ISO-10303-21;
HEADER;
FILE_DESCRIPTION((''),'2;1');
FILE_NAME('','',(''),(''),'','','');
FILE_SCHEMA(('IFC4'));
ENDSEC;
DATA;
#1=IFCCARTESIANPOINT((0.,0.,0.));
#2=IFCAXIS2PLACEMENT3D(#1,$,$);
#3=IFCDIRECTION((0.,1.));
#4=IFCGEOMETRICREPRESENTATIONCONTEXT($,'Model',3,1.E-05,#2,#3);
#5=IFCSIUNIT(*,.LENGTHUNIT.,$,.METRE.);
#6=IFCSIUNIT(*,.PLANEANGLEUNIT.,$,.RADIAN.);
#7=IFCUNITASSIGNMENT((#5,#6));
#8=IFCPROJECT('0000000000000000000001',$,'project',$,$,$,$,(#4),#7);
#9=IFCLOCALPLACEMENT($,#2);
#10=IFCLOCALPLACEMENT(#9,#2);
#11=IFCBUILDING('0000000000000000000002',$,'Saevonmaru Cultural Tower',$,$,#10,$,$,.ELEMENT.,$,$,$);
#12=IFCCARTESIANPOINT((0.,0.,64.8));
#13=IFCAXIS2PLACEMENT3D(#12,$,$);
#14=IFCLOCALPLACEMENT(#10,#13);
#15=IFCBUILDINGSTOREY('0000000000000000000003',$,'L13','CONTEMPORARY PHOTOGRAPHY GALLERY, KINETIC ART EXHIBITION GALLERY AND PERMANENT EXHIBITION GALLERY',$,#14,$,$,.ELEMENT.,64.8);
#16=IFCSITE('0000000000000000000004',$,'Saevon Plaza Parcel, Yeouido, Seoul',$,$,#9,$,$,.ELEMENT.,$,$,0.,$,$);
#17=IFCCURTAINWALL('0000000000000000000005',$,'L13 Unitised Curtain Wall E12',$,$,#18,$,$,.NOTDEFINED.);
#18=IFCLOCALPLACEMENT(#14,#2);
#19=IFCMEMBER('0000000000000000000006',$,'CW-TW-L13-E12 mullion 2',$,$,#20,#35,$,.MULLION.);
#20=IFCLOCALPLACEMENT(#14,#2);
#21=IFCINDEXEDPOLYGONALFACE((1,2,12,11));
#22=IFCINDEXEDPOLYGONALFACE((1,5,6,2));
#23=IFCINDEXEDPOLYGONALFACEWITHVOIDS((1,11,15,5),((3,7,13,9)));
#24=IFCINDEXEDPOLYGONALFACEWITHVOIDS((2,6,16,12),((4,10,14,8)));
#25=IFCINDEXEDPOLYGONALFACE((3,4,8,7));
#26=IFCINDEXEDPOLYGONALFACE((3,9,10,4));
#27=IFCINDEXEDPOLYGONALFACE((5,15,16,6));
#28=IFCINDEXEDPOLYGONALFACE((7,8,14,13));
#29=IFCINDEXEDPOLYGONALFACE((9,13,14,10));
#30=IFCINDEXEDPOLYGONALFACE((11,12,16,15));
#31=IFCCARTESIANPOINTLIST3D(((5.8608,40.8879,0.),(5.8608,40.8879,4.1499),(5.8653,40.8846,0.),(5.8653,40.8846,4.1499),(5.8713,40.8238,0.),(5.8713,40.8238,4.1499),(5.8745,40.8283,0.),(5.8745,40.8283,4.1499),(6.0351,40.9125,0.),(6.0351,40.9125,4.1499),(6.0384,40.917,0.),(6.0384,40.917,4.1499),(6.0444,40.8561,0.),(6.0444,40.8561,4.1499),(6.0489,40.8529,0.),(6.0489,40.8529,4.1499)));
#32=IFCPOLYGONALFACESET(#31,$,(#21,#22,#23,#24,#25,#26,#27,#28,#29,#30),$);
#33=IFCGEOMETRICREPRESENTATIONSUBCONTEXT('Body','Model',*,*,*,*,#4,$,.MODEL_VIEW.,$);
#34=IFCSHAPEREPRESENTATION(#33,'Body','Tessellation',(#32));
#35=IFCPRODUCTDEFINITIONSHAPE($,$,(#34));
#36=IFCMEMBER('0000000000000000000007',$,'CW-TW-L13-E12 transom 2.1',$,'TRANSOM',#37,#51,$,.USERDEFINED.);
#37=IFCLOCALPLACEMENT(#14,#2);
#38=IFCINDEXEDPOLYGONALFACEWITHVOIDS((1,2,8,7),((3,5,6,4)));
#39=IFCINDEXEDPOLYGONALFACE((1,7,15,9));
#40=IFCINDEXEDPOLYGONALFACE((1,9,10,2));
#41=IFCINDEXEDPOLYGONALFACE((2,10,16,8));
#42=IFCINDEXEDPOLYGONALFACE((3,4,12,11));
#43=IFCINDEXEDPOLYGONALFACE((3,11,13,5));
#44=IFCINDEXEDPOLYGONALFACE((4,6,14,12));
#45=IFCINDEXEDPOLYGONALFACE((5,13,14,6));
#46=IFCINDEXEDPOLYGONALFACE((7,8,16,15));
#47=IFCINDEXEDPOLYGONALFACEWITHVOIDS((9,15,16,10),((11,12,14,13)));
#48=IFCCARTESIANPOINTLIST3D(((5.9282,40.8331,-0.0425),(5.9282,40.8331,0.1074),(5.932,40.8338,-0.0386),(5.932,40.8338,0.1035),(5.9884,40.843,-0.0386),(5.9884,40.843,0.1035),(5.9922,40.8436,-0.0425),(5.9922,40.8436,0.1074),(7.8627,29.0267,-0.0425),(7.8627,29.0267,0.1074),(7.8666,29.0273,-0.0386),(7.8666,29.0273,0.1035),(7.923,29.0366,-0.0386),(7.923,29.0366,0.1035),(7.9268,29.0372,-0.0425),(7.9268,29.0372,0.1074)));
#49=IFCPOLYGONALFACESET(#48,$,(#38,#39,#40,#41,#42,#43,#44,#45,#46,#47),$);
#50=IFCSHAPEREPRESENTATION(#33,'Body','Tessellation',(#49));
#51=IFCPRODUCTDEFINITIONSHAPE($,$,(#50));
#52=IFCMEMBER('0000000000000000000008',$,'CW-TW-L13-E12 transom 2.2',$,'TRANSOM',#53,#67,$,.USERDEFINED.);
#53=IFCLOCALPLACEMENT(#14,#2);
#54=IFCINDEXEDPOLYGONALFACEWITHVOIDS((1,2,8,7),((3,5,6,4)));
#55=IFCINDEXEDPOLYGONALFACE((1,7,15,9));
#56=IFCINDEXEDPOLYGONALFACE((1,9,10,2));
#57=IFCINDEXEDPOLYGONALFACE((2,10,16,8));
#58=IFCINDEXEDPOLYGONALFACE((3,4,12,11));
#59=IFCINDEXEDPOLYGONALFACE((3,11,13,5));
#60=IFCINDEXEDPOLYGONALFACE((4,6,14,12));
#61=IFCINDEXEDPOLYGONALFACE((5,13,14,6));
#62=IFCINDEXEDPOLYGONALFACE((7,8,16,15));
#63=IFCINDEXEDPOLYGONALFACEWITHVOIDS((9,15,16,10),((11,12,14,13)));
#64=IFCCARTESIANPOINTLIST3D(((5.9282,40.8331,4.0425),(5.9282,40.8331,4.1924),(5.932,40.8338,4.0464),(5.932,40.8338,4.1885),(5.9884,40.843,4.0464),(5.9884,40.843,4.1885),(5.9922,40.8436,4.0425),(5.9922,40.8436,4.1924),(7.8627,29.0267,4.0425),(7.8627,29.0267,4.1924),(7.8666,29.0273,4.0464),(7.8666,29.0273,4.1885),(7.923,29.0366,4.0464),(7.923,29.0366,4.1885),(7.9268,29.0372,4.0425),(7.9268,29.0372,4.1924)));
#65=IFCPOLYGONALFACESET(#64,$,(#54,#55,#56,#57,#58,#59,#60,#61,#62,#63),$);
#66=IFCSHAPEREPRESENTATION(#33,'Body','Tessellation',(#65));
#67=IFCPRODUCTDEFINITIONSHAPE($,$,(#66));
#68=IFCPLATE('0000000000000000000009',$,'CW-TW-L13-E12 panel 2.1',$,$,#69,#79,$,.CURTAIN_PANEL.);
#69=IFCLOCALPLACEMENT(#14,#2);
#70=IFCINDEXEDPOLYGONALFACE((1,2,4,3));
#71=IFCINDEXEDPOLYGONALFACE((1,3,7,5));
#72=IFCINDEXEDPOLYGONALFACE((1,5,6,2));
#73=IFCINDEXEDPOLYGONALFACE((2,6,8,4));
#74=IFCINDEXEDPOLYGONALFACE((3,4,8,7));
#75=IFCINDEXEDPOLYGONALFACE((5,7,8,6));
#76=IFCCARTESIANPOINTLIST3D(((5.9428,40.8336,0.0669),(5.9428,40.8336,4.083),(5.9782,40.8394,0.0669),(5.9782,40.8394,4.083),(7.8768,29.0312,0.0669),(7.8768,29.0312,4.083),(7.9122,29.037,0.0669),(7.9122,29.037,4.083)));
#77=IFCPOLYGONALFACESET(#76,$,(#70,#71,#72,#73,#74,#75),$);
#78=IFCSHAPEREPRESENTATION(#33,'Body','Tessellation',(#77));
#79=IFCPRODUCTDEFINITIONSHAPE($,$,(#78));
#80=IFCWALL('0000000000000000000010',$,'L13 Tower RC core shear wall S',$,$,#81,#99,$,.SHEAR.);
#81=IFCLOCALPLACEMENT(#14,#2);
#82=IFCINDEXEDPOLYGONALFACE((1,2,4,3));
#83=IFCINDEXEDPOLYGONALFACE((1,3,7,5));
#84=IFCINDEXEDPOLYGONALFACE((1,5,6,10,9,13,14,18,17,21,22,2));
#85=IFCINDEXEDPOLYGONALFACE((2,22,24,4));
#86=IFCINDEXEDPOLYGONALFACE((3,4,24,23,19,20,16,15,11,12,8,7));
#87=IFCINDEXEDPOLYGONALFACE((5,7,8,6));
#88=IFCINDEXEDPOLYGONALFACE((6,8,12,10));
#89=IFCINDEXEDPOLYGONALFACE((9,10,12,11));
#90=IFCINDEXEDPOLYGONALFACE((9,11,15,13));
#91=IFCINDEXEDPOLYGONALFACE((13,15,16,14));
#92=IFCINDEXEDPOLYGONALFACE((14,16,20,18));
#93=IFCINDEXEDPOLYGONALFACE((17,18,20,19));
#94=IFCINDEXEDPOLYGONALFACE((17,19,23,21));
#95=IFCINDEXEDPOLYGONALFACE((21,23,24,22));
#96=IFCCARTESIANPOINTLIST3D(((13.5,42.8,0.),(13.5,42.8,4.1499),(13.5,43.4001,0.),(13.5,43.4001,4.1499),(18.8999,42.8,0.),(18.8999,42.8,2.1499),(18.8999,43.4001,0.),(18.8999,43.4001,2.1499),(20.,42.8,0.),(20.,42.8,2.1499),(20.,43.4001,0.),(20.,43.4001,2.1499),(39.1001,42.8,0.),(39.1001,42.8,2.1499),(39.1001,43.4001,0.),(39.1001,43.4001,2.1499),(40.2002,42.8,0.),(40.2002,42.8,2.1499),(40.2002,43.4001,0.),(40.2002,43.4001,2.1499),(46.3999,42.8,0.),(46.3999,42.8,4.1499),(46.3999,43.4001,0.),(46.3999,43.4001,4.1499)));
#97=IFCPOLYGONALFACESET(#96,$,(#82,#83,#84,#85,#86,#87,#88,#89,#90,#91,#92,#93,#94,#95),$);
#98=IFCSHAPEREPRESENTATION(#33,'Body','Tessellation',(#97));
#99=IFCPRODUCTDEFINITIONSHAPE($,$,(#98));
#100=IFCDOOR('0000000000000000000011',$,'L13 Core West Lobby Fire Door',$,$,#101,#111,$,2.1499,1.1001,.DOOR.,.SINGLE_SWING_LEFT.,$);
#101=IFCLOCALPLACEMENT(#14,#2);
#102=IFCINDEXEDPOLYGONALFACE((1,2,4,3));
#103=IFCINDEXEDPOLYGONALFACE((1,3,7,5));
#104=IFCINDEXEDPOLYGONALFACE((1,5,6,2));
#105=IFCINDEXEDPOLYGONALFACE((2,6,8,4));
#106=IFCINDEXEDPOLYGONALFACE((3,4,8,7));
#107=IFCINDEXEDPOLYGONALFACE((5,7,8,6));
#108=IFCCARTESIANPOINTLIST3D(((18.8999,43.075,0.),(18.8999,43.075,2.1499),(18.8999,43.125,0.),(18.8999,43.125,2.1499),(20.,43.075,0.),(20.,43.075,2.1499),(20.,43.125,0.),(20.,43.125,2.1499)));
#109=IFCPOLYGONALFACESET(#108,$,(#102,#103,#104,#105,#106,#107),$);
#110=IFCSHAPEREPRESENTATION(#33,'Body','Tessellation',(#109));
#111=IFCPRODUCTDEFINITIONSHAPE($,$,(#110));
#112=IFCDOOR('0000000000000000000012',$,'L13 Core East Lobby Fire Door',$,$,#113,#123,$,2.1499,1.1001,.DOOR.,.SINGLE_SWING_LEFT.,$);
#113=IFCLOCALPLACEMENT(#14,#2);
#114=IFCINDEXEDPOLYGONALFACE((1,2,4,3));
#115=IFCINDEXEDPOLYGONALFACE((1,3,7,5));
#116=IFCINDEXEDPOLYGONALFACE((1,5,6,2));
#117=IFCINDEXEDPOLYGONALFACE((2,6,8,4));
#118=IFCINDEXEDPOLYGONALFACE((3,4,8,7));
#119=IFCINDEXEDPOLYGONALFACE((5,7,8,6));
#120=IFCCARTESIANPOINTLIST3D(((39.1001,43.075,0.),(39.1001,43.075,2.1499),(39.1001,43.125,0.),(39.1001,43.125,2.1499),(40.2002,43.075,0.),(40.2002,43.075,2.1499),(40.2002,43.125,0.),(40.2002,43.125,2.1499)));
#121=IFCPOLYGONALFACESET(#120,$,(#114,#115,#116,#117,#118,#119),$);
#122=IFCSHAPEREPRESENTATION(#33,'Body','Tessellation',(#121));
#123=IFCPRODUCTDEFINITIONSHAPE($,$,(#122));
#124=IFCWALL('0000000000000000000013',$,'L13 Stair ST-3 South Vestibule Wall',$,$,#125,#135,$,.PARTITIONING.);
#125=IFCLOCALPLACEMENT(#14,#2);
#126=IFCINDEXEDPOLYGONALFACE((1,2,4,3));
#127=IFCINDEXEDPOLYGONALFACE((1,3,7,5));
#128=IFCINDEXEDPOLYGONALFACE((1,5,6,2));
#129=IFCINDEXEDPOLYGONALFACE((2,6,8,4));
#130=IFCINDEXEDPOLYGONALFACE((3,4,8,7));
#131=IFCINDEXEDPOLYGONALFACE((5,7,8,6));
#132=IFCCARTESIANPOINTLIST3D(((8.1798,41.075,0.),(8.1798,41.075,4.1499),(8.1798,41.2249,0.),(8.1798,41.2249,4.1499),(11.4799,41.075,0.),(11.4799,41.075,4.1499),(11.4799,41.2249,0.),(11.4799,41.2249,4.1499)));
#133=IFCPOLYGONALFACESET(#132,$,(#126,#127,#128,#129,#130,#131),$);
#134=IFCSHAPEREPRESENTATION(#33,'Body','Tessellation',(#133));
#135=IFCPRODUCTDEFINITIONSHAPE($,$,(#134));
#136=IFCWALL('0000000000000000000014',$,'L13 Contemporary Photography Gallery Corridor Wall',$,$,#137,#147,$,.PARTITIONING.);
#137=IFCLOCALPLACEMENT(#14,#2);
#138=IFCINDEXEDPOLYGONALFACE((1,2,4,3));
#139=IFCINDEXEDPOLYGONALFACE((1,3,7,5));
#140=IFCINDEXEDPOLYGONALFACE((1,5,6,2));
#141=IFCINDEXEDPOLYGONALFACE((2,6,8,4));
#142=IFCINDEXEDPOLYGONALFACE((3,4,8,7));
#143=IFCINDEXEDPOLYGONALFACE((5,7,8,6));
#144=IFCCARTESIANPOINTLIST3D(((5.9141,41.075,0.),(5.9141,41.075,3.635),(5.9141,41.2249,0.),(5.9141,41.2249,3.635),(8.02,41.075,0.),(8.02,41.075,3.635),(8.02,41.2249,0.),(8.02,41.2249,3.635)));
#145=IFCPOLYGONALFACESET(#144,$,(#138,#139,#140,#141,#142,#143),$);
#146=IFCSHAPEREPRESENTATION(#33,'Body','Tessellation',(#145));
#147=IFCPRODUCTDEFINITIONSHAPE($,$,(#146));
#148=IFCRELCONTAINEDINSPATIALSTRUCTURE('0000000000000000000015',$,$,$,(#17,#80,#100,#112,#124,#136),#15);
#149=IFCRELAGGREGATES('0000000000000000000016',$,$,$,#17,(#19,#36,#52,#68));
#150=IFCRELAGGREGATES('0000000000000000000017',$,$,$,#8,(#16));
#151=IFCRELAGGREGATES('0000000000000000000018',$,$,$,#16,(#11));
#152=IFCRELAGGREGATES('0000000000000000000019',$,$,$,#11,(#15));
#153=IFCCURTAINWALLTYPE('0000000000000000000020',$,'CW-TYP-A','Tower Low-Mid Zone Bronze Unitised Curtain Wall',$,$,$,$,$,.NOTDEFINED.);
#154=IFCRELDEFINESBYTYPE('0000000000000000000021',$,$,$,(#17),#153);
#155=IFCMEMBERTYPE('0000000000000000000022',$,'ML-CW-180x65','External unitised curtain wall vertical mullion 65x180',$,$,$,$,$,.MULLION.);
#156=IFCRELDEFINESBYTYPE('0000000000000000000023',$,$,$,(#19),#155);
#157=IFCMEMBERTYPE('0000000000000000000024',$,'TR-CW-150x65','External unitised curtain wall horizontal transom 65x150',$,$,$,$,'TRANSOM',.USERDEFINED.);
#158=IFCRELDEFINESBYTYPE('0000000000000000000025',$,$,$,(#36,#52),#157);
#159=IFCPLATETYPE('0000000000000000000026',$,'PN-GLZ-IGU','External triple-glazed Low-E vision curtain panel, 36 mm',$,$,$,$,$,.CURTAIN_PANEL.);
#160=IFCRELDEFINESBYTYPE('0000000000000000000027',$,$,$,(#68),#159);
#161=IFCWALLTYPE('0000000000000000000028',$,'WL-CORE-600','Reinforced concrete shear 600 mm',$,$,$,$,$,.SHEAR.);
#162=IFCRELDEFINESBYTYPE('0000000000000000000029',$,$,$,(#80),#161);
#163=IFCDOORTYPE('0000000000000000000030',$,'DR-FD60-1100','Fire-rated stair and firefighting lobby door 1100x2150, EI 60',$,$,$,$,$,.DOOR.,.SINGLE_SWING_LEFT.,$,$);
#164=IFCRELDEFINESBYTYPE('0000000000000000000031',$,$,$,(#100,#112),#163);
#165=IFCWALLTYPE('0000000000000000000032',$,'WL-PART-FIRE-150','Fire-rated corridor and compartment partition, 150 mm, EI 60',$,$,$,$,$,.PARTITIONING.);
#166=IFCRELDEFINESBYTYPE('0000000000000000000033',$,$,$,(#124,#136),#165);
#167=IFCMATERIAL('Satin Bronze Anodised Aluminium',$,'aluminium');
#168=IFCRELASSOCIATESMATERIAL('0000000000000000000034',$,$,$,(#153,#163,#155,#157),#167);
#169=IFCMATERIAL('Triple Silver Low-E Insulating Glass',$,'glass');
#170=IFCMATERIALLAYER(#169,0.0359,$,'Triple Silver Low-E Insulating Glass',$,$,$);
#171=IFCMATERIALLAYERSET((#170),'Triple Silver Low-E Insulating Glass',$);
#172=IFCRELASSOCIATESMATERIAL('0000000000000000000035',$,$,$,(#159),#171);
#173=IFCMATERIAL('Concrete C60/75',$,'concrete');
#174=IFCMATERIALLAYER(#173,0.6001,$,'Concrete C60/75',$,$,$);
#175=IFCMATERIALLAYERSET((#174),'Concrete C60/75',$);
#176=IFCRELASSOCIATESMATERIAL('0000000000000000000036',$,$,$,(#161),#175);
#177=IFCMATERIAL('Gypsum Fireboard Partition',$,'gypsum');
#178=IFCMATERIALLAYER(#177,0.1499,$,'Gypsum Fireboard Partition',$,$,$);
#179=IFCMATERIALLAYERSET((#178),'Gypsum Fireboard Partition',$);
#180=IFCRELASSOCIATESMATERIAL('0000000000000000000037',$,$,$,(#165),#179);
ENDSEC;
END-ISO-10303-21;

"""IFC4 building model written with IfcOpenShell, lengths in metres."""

from ifc_helpers import new_model, si_unit, direction, frame, frame_2d, origin, origin_2d, place, context, subcontext, project, spatial, rectangle, hollow_rectangle, extrude, material, layer, layer_set, material_profile, profile_set, type_object, element, fill, aggregate, save


model = new_model("IFC4")

# Units and contexts
model_context = context("Model", 3, precision=1e-05, world=origin(), true_north=direction((0.0, 1.0)))
body_context = subcontext(model_context, "Body", "Model", "MODEL_VIEW")
ifc_project = project(units=[si_unit("LENGTHUNIT", "METRE"), si_unit("PLANEANGLEUNIT", "RADIAN")], contexts=[model_context])

# Site, building, storey
site_placement = place(None, origin())
site = spatial("IfcSite", under=ifc_project, at=site_placement, Name="Saevon Plaza Parcel, Yeouido, Seoul", CompositionType="ELEMENT", RefElevation=0.0)
building_placement = place(site_placement, origin())
building = spatial("IfcBuilding", under=site, at=building_placement, Name="Saevonmaru Cultural Tower", CompositionType="ELEMENT")
storey_placement = place(building_placement, frame((0.0, 0.0, 64.8)))
storey = spatial("IfcBuildingStorey", under=building, at=storey_placement, Name="L13", Description="CONTEMPORARY PHOTOGRAPHY GALLERY, KINETIC ART EXHIBITION GALLERY AND PERMANENT EXHIBITION GALLERY", CompositionType="ELEMENT", Elevation=64.8)

# Curtain wall, members, plate
ifc_material_1 = material(Name="Satin Bronze Anodised Aluminium", Category="aluminium")
curtain_wall_type = type_object("IfcCurtainWallType", Name="CW-TYP-A", Description="Tower Low-Mid Zone Bronze Unitised Curtain Wall", PredefinedType="NOTDEFINED", material=ifc_material_1)
curtain_wall_placement = place(storey_placement, origin())
curtain_wall = element("IfcCurtainWall", 1, at=curtain_wall_placement, inside=storey, type_object=curtain_wall_type, Name="L13 Unitised Curtain Wall E12", PredefinedType="NOTDEFINED")
ifc_material_profile_1 = material_profile(ifc_material_1, hollow_rectangle(XDim=0.0649, YDim=0.1799, WallThickness=0.0039, at=origin_2d()), Name="ALU-MULL-180x65x4")
ifc_profile_set_1 = profile_set([ifc_material_profile_1], Name="Satin Bronze Anodised Aluminium")
member_type_1 = type_object("IfcMemberType", Name="ML-CW-180x65", Description="External unitised curtain wall vertical mullion 65x180", PredefinedType="MULLION", material=ifc_profile_set_1)
member_1_placement = place(storey_placement, frame((5.9548, 40.8704, 0.0), z_axis=(0.0, 0.0, 1.0), x_axis=(0.161709, -0.986839, 0.0)))
member_1 = element("IfcMember", 2, at=member_1_placement, type_object=member_type_1, Name="CW-TW-L13-E12 mullion 2", PredefinedType="MULLION", context=body_context, shape_type="SweptSolid", body=[
    extrude(hollow_rectangle(XDim=0.0649, YDim=0.1799, WallThickness=0.0039, at=origin_2d()), origin(), (0.0, 0.0, 1.0), 4.1499),
])
ifc_material_profile_2 = material_profile(ifc_material_1, hollow_rectangle(XDim=0.0649, YDim=0.1499, WallThickness=0.0039, at=origin_2d()), Name="ALU-TRAN-150x65x4")
ifc_profile_set_2 = profile_set([ifc_material_profile_2], Name="Satin Bronze Anodised Aluminium")
member_type_2 = type_object("IfcMemberType", Name="TR-CW-150x65", Description="External unitised curtain wall horizontal transom 65x150", ElementType="TRANSOM", PredefinedType="USERDEFINED", material=ifc_profile_set_2)
member_2_placement = place(storey_placement, frame((5.9602, 40.8384, 0.0325), z_axis=(0.161701, -0.98684, 0.0), x_axis=(0.98684, 0.161701, 0.0)))
member_2 = element("IfcMember", 3, at=member_2_placement, type_object=member_type_2, Name="CW-TW-L13-E12 transom 2.1", ObjectType="TRANSOM", PredefinedType="USERDEFINED", context=body_context, shape_type="SweptSolid", body=[
    extrude(hollow_rectangle(XDim=0.0649, YDim=0.1499, WallThickness=0.0039, at=origin_2d()), origin(), (0.0, 0.0, 1.0), 11.9639),
])
member_3_placement = place(storey_placement, frame((5.9602, 40.8384, 4.1174), z_axis=(0.161701, -0.98684, 0.0), x_axis=(0.98684, 0.161701, 0.0)))
member_3 = element("IfcMember", 4, at=member_3_placement, type_object=member_type_2, Name="CW-TW-L13-E12 transom 2.2", ObjectType="TRANSOM", PredefinedType="USERDEFINED", context=body_context, shape_type="SweptSolid", body=[
    extrude(hollow_rectangle(XDim=0.0649, YDim=0.1499, WallThickness=0.0039, at=origin_2d()), origin(), (0.0, 0.0, 1.0), 11.9639),
])
ifc_material_2 = material(Name="Triple Silver Low-E Insulating Glass", Category="glass")
ifc_layer_1 = layer(ifc_material_2, 0.0359, Name="Triple Silver Low-E Insulating Glass")
ifc_layer_set_1 = layer_set([ifc_layer_1], Name="Triple Silver Low-E Insulating Glass")
plate_type = type_object("IfcPlateType", Name="PN-GLZ-IGU", Description="External triple-glazed Low-E vision curtain panel, 36 mm", PredefinedType="CURTAIN_PANEL", material=ifc_layer_set_1)
plate_placement = place(storey_placement, frame((6.9275, 34.9353, 0.0669), z_axis=(0.0, 0.0, 1.0), x_axis=(0.161709, -0.986839, 0.0)))
plate = element("IfcPlate", 5, at=plate_placement, type_object=plate_type, Name="CW-TW-L13-E12 panel 2.1", PredefinedType="CURTAIN_PANEL", context=body_context, shape_type="SweptSolid", body=[
    extrude(rectangle(XDim=11.9597, YDim=0.0359, at=origin_2d()), origin(), (0.0, 0.0, 1.0), 4.0161),
])
aggregate(curtain_wall, [member_1, member_2, member_3, plate])

# Wall, openings, doors
ifc_material_3 = material(Name="Concrete C60/75", Category="concrete")
ifc_layer_2 = layer(ifc_material_3, 0.6001, Name="Concrete C60/75")
ifc_layer_set_2 = layer_set([ifc_layer_2], Name="Concrete C60/75")
wall_type_1 = type_object("IfcWallType", Name="WL-CORE-600", Description="Reinforced concrete shear 600 mm", PredefinedType="SHEAR", material=ifc_layer_set_2)
wall_1_placement = place(storey_placement, frame((13.5, 43.1001, 0.0), z_axis=(0.0, 0.0, 1.0), x_axis=(1.0, 0.0, 0.0)))
wall_1 = element("IfcWall", 6, at=wall_1_placement, inside=storey, type_object=wall_type_1, Name="L13 Tower RC core shear wall S", PredefinedType="SHEAR", context=body_context, shape_type="SweptSolid", body=[
    extrude(rectangle(XDim=32.8999, YDim=0.6001, at=frame_2d((16.45, 0.0))), origin(), (0.0, 0.0, 1.0), 4.1499),
])
opening_1_placement = place(wall_1_placement, frame((5.3999, 0.0, 0.0)))
opening_1 = element("IfcOpeningElement", 7, at=opening_1_placement, cuts=wall_1, PredefinedType="OPENING", context=body_context, shape_type="SweptSolid", body=[
    extrude(rectangle(XDim=1.1001, YDim=2.1499, at=frame_2d((0.55, 1.075))), frame((0.0, 0.3101, 0.0), z_axis=(0.0, -1.0, 0.0), x_axis=(1.0, 0.0, 0.0)), (0.0, 0.0, 1.0), 0.6201),
])
opening_2_placement = place(wall_1_placement, frame((25.6001, 0.0, 0.0)))
opening_2 = element("IfcOpeningElement", 8, at=opening_2_placement, cuts=wall_1, PredefinedType="OPENING", context=body_context, shape_type="SweptSolid", body=[
    extrude(rectangle(XDim=1.1001, YDim=2.1499, at=frame_2d((0.55, 1.075))), frame((0.0, 0.3101, 0.0), z_axis=(0.0, -1.0, 0.0), x_axis=(1.0, 0.0, 0.0)), (0.0, 0.0, 1.0), 0.6201),
])
door_type_1 = type_object("IfcDoorType", Name="DR-FD60-1100", Description="Fire-rated stair and firefighting lobby door 1100x2150, EI 60", OperationType="SINGLE_SWING_LEFT", PredefinedType="DOOR", material=ifc_material_1)
door_1_placement = place(opening_1_placement, origin())
door_1 = element("IfcDoor", 9, at=door_1_placement, inside=storey, type_object=door_type_1, Name="L13 Core West Lobby Fire Door", OperationType="SINGLE_SWING_LEFT", OverallHeight=2.1499, OverallWidth=1.1001, PredefinedType="DOOR", context=body_context, shape_type="SweptSolid", body=[
    extrude(rectangle(XDim=1.1001, YDim=2.1499, at=frame_2d((0.55, 1.075))), frame((0.0, 0.0249, 0.0), z_axis=(0.0, -1.0, 0.0), x_axis=(1.0, 0.0, 0.0)), (0.0, 0.0, 1.0), 0.05),
])
fill(opening_1, door_1)
door_2_placement = place(opening_2_placement, origin())
door_2 = element("IfcDoor", 10, at=door_2_placement, inside=storey, type_object=door_type_1, Name="L13 Core East Lobby Fire Door", OperationType="SINGLE_SWING_LEFT", OverallHeight=2.1499, OverallWidth=1.1001, PredefinedType="DOOR", context=body_context, shape_type="SweptSolid", body=[
    extrude(rectangle(XDim=1.1001, YDim=2.1499, at=frame_2d((0.55, 1.075))), frame((0.0, 0.0249, 0.0), z_axis=(0.0, -1.0, 0.0), x_axis=(1.0, 0.0, 0.0)), (0.0, 0.0, 1.0), 0.05),
])
fill(opening_2, door_2)

# Walls
ifc_material_4 = material(Name="Gypsum Fireboard Partition", Category="gypsum")
ifc_layer_3 = layer(ifc_material_4, 0.1499, Name="Gypsum Fireboard Partition")
ifc_layer_set_3 = layer_set([ifc_layer_3], Name="Gypsum Fireboard Partition")
wall_type_2 = type_object("IfcWallType", Name="WL-PART-FIRE-150", Description="Fire-rated corridor and compartment partition, 150 mm, EI 60", PredefinedType="PARTITIONING", material=ifc_layer_set_3)
wall_2_placement = place(storey_placement, frame((8.1799, 41.1499, 0.0), z_axis=(0.0, 0.0, 1.0), x_axis=(1.0, 0.0, 0.0)))
element("IfcWall", 11, at=wall_2_placement, inside=storey, type_object=wall_type_2, Name="L13 Stair ST-3 South Vestibule Wall", PredefinedType="PARTITIONING", context=body_context, shape_type="SweptSolid", body=[
    extrude(rectangle(XDim=3.3, YDim=0.1499, at=frame_2d((1.6499, 0.0))), origin(), (0.0, 0.0, 1.0), 4.1499),
])
wall_3_placement = place(storey_placement, frame((5.9141, 41.1499, 0.0), z_axis=(0.0, 0.0, 1.0), x_axis=(1.0, 0.0, 0.0)))
element("IfcWall", 12, at=wall_3_placement, inside=storey, type_object=wall_type_2, Name="L13 Contemporary Photography Gallery Corridor Wall", PredefinedType="PARTITIONING", context=body_context, shape_type="SweptSolid", body=[
    extrude(rectangle(XDim=2.106, YDim=0.1499, at=frame_2d((1.053, 0.0))), origin(), (0.0, 0.0, 1.0), 3.635),
])

save(model, "model.ifc")
